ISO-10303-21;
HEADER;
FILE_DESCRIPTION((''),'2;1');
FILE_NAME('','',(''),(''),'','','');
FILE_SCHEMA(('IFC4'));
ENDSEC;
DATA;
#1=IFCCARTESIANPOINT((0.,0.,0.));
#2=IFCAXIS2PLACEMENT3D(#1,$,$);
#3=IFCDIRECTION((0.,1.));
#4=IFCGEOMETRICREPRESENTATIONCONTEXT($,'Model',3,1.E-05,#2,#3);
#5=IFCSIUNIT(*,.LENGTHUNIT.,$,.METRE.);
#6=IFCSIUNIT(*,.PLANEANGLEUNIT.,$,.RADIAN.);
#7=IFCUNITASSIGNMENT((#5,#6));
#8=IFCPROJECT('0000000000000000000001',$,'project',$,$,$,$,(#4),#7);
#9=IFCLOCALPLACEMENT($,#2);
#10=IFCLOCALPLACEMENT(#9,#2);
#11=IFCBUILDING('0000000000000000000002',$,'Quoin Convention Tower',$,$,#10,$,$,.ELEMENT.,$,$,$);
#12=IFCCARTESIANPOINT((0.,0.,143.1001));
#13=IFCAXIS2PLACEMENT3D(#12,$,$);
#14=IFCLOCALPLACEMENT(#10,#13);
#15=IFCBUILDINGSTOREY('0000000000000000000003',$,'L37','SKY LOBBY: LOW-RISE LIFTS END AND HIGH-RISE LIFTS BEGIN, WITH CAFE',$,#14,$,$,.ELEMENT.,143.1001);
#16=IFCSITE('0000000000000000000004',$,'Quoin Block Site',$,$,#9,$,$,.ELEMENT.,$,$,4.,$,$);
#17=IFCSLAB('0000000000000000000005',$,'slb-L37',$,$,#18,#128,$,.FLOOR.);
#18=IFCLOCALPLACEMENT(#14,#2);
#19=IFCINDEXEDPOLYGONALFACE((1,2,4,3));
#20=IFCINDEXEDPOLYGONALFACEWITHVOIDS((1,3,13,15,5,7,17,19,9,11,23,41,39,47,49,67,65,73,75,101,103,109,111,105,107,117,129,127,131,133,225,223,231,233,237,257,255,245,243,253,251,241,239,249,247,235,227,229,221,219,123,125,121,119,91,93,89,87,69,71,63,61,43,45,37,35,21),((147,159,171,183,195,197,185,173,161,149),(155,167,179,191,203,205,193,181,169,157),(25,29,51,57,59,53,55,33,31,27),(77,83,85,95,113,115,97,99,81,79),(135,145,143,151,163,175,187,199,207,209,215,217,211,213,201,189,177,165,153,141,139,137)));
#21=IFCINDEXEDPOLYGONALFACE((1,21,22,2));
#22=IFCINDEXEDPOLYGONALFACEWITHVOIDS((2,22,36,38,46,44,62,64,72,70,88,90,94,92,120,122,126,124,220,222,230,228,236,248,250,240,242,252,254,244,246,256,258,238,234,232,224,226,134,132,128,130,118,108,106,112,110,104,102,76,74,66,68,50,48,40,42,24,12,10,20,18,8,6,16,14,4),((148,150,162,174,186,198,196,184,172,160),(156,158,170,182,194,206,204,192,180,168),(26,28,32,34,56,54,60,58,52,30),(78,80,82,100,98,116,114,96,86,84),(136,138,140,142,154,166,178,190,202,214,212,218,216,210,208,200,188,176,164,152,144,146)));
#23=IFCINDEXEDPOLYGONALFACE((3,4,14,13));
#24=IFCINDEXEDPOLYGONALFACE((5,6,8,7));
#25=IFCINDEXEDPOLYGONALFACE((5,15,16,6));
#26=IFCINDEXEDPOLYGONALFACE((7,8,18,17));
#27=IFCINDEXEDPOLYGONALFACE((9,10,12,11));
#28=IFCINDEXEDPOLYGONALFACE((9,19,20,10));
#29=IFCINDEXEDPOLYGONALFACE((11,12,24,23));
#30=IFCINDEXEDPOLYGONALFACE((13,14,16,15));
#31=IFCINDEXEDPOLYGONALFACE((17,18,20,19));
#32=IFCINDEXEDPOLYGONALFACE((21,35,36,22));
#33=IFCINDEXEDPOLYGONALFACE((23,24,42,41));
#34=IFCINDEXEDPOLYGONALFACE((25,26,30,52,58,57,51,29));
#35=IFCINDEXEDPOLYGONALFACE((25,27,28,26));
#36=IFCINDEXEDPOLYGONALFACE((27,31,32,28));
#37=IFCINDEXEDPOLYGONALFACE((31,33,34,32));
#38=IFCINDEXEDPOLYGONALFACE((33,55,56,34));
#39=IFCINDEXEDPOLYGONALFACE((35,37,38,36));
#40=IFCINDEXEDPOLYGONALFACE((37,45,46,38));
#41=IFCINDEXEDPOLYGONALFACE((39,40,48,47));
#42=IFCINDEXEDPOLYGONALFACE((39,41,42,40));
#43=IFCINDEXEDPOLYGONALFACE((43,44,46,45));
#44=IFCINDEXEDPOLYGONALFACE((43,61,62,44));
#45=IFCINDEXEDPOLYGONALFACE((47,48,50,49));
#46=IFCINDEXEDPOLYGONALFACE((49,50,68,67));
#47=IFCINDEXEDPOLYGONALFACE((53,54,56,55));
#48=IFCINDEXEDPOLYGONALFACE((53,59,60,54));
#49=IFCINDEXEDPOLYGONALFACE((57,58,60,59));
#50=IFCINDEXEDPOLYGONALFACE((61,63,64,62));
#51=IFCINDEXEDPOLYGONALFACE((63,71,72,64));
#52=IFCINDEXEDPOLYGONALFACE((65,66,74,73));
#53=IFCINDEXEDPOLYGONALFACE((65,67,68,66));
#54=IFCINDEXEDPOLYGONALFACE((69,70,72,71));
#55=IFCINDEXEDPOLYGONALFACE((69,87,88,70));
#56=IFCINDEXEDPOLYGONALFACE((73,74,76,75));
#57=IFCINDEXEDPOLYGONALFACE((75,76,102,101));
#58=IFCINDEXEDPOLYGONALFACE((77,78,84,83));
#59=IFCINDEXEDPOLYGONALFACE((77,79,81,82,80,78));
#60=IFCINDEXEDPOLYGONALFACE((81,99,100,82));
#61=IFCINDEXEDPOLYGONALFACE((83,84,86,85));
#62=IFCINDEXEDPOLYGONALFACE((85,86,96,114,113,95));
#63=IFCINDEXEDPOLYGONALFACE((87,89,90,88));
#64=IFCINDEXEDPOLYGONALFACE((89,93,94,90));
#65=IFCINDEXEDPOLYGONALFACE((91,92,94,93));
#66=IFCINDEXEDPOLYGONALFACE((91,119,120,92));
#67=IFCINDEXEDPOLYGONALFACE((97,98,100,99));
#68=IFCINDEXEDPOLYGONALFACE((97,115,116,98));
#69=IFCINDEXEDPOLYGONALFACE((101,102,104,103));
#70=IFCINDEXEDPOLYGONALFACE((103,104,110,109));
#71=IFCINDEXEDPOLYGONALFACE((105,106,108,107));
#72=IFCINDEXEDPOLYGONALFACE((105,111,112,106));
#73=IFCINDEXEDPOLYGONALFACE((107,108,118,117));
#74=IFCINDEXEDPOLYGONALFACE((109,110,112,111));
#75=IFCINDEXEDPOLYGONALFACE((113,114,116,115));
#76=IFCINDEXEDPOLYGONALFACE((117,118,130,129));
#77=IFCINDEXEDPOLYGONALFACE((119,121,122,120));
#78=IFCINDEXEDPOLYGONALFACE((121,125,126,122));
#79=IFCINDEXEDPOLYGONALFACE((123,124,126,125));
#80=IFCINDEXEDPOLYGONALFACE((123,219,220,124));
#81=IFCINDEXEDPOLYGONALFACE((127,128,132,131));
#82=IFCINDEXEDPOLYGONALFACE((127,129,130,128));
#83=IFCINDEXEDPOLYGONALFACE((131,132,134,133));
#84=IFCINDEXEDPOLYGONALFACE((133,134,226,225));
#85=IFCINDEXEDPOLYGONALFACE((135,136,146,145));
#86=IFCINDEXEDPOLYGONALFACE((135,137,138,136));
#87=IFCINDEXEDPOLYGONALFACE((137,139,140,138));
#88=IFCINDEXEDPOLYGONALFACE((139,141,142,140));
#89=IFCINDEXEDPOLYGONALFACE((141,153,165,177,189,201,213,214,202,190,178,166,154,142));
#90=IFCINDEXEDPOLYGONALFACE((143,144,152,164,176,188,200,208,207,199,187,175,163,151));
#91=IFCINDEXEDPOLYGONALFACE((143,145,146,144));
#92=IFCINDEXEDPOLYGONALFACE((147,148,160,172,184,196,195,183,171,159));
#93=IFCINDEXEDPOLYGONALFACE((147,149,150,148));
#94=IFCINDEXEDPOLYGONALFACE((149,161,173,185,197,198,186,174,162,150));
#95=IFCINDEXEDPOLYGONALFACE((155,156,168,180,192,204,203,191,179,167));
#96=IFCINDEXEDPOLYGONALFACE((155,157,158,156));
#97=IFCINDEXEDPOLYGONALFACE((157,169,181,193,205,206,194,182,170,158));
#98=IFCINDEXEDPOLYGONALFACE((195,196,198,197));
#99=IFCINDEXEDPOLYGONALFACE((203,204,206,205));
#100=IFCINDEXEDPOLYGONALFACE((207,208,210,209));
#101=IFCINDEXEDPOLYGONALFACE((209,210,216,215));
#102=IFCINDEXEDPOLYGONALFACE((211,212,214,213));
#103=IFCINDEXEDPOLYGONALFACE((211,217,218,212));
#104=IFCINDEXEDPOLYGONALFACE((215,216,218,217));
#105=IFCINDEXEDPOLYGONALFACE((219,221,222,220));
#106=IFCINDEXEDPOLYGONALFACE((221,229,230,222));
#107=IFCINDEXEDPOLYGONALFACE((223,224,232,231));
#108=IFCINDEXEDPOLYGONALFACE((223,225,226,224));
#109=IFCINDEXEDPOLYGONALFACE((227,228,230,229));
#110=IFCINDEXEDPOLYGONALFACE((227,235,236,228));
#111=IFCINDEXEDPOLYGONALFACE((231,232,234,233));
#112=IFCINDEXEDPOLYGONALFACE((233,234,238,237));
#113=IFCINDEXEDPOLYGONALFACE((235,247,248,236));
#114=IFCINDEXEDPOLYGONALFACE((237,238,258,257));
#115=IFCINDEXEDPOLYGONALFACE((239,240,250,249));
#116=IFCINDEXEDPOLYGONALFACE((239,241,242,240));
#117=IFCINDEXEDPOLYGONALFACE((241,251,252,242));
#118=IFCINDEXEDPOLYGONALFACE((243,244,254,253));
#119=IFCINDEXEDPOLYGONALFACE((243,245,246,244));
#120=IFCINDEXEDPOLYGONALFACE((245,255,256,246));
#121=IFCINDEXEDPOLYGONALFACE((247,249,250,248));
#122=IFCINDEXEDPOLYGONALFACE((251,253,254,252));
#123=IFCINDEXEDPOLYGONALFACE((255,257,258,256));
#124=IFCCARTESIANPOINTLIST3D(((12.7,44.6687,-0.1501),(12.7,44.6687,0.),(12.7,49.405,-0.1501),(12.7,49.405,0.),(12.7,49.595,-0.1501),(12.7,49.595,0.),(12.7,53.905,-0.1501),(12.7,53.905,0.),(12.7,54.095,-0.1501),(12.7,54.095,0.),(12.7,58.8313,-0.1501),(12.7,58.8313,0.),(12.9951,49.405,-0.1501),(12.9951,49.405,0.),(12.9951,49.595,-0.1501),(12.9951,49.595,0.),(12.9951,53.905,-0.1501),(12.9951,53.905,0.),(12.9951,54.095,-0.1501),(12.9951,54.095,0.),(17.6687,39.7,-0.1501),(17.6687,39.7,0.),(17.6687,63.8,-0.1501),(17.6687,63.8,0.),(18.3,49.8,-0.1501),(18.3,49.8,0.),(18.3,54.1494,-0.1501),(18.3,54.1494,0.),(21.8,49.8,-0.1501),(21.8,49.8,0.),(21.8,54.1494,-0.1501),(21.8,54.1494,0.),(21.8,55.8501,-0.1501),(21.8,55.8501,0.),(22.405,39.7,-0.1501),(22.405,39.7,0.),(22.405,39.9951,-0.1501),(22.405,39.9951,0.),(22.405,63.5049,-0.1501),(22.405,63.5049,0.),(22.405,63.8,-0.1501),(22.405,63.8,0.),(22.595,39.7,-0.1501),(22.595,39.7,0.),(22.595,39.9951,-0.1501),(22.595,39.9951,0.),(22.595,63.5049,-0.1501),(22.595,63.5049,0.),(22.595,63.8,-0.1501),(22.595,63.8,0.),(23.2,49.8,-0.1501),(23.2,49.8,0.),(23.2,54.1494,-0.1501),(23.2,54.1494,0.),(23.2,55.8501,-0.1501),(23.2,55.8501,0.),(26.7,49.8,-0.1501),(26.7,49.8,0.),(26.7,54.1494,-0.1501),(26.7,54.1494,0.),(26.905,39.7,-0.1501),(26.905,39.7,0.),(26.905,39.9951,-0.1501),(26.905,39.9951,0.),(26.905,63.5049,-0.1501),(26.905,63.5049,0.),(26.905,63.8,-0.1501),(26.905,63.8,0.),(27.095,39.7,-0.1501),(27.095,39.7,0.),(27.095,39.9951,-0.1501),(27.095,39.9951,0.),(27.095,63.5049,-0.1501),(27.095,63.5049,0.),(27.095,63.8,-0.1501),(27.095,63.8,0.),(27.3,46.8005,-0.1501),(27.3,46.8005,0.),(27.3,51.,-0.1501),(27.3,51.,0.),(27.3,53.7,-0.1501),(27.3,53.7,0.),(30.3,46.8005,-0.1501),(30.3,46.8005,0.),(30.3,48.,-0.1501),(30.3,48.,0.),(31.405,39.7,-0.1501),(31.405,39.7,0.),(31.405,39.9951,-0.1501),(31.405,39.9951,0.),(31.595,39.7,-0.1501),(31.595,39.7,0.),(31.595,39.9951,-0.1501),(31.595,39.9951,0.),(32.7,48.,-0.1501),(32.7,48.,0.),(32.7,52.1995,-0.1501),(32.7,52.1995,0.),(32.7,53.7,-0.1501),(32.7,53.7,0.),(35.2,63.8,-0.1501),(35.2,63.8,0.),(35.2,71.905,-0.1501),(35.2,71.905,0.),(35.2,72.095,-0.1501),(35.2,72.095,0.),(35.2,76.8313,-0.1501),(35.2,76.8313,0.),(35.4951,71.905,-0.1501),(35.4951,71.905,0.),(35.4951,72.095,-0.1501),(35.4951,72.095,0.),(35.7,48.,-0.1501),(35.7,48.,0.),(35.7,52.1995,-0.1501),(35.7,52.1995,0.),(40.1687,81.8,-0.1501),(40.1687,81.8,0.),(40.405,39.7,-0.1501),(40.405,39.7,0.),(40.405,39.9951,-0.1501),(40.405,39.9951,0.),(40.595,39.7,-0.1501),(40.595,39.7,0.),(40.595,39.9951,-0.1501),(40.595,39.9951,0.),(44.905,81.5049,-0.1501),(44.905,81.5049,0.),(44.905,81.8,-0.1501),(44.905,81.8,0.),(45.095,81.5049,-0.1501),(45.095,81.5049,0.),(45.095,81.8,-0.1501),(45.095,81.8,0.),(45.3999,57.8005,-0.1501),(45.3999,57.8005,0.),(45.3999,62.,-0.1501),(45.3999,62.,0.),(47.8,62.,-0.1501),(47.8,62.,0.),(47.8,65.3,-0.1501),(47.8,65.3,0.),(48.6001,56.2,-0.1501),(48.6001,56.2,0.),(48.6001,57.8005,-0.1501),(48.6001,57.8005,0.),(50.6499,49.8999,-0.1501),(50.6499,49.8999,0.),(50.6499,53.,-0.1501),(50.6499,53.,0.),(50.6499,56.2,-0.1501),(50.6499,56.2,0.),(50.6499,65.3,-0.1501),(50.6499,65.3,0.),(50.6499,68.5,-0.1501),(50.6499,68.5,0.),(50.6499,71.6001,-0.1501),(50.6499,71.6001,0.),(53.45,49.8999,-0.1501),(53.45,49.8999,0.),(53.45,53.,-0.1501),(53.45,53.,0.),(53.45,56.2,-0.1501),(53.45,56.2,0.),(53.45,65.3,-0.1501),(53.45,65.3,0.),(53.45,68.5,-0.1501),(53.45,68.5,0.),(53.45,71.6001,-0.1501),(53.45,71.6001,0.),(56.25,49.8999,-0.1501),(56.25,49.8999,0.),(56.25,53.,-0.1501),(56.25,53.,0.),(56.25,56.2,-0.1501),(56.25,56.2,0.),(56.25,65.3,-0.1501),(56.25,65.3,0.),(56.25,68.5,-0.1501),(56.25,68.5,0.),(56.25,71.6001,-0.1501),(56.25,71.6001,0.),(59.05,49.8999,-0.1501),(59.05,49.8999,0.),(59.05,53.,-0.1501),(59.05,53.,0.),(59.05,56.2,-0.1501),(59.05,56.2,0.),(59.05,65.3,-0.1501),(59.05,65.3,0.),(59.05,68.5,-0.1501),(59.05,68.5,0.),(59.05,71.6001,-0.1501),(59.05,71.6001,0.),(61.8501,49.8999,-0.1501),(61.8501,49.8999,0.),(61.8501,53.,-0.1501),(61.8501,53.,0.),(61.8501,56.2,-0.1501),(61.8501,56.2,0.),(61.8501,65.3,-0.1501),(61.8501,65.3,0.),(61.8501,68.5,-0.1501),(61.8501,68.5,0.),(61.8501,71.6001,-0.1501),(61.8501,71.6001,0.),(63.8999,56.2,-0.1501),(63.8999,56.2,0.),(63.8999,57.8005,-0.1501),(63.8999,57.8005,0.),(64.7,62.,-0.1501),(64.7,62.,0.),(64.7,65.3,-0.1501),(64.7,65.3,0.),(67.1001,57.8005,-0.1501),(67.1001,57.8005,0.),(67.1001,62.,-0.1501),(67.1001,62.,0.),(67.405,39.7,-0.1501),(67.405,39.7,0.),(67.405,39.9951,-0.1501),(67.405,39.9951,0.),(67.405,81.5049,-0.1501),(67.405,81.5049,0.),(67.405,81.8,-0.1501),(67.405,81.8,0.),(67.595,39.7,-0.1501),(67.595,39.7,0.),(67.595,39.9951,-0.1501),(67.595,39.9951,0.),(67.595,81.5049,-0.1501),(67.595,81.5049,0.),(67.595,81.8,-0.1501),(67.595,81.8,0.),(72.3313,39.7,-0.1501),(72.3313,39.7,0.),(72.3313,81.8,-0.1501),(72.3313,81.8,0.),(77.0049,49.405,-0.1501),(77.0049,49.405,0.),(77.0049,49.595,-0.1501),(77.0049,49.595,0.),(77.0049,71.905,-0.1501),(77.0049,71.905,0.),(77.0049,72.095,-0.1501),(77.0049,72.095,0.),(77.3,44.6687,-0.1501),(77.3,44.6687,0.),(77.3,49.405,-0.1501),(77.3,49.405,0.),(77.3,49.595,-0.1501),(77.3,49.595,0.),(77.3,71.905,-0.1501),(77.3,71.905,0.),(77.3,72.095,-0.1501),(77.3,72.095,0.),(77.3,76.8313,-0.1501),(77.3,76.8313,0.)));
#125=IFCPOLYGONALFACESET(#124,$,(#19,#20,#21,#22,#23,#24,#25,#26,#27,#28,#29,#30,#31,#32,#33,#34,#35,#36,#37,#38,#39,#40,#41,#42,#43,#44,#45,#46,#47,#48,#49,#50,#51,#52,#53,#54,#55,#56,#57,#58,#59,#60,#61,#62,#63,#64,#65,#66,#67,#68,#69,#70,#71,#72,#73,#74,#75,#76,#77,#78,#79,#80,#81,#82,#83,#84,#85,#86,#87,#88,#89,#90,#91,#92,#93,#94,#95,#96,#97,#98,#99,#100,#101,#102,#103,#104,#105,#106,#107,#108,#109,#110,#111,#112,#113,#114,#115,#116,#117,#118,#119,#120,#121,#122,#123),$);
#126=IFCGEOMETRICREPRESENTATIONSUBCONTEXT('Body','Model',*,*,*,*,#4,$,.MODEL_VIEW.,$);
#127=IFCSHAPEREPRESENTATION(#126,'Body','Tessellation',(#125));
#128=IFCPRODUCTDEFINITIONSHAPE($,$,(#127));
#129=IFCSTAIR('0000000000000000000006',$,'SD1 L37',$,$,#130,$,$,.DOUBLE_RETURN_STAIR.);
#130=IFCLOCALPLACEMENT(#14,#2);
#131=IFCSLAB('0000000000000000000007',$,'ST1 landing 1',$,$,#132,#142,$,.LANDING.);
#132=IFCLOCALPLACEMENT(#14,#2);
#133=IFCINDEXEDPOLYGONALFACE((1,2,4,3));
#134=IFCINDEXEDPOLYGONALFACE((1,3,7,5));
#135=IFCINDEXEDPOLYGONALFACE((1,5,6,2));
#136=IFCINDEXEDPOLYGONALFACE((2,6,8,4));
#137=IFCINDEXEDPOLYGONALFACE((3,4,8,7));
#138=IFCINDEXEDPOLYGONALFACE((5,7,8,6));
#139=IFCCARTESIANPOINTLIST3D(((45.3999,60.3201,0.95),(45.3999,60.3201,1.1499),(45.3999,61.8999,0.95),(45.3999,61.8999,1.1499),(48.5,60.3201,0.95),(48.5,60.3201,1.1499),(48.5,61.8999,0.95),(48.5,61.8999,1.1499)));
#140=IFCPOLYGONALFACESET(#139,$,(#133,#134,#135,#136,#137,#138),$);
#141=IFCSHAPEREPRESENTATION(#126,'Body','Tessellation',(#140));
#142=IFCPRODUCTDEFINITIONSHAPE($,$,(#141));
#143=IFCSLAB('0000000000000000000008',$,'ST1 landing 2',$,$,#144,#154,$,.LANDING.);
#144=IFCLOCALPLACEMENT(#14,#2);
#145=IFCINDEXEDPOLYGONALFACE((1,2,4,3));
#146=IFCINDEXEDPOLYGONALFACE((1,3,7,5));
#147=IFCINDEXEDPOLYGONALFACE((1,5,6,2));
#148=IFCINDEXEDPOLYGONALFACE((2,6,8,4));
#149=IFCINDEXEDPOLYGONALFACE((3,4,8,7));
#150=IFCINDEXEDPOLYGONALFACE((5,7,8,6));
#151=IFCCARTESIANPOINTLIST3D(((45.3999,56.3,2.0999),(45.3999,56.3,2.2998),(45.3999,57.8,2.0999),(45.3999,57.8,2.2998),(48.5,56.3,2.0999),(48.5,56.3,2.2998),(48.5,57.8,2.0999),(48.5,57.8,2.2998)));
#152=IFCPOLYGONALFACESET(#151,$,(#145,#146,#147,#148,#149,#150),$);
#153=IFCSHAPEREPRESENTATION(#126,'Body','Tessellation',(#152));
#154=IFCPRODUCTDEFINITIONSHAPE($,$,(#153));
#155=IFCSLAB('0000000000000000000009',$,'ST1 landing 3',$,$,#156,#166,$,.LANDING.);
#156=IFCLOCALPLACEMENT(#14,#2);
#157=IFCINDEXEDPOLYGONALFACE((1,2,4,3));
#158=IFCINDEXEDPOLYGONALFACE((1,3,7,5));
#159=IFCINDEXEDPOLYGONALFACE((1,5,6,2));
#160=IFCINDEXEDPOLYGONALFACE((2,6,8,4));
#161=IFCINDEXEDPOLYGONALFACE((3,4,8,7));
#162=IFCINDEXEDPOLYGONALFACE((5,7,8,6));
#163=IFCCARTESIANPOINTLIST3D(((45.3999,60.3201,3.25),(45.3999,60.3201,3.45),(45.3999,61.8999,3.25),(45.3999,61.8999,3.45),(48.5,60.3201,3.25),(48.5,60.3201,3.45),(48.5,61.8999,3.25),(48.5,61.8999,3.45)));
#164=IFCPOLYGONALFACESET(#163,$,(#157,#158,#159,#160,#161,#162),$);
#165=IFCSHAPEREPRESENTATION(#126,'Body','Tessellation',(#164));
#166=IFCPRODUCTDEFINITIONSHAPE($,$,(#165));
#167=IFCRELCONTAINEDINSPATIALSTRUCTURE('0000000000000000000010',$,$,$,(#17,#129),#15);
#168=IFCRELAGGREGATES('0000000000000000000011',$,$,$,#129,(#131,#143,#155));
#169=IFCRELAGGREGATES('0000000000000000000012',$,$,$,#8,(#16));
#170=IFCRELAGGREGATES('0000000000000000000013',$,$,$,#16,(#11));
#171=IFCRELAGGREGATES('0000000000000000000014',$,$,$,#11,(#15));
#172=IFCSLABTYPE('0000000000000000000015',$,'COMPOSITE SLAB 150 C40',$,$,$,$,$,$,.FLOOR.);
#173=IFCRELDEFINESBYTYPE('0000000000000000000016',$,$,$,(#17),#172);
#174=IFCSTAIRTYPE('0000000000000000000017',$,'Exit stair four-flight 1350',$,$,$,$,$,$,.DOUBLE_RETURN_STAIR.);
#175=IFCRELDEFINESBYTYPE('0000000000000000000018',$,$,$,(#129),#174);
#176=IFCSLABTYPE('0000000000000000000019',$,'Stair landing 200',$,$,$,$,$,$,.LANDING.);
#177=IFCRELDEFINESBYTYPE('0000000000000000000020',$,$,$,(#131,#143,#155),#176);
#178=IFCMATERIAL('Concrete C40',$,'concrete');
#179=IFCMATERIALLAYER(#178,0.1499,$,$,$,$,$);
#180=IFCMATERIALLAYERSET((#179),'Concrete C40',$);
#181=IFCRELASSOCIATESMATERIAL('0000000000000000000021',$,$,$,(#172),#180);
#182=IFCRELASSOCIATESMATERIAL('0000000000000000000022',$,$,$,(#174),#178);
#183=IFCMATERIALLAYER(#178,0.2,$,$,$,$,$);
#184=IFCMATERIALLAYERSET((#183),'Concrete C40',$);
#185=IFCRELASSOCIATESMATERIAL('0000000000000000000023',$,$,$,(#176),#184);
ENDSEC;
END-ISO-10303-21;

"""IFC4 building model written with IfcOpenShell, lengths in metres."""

from ifc_helpers import new_model, si_unit, direction, frame, origin, place, context, subcontext, project, spatial, polyline, outline, extrude, material, layer, layer_set, type_object, element, aggregate, save


model = new_model("IFC4")

# Units and contexts
model_context = context("Model", 3, precision=1e-05, world=origin(), true_north=direction((0.0, 1.0)))
body_context = subcontext(model_context, "Body", "Model", "MODEL_VIEW")
ifc_project = project(units=[si_unit("LENGTHUNIT", "METRE"), si_unit("PLANEANGLEUNIT", "RADIAN")], contexts=[model_context])

# Site, building, storey
site_placement = place(None, origin())
site = spatial("IfcSite", under=ifc_project, at=site_placement, Name="Quoin Block Site", CompositionType="ELEMENT", RefElevation=4.0)
building_placement = place(site_placement, origin())
building = spatial("IfcBuilding", under=site, at=building_placement, Name="Quoin Convention Tower", CompositionType="ELEMENT")
storey_placement = place(building_placement, frame((0.0, 0.0, 143.1001)))
storey = spatial("IfcBuildingStorey", under=building, at=storey_placement, Name="L37", Description="SKY LOBBY: LOW-RISE LIFTS END AND HIGH-RISE LIFTS BEGIN, WITH CAFE", CompositionType="ELEMENT", Elevation=143.1001)

# Slab
ifc_material_1 = material(Name="Concrete C40", Category="concrete")
ifc_layer_1 = layer(ifc_material_1, 0.1499)
ifc_layer_set_1 = layer_set([ifc_layer_1], Name="Concrete C40")
slab_type_1 = type_object("IfcSlabType", Name="COMPOSITE SLAB 150 C40", PredefinedType="FLOOR", material=ifc_layer_set_1)
slab_1_placement = place(storey_placement, frame((0.0, 0.0, -0.1501)))
element("IfcSlab", 1, at=slab_1_placement, inside=storey, type_object=slab_type_1, Name="slb-L37", PredefinedType="FLOOR", context=body_context, shape_type="SweptSolid", body=[
    extrude(outline(polyline([(12.7, 44.6687), (12.7, 49.405), (12.9951, 49.405), (12.9951, 49.595), (12.7, 49.595), (12.7, 53.905), (12.9951, 53.905), (12.9951, 54.095), (12.7, 54.095), (12.7, 58.8313), (17.6687, 63.8), (22.405, 63.8), (22.405, 63.5049), (22.595, 63.5049), (22.595, 63.8), (26.905, 63.8), (26.905, 63.5049), (27.095, 63.5049), (27.095, 63.8), (35.2, 63.8), (35.2, 71.905), (35.4951, 71.905), (35.4951, 72.095), (35.2, 72.095), (35.2, 76.8313), (40.1687, 81.8), (44.905, 81.8), (44.905, 81.5049), (45.095, 81.5049), (45.095, 81.8), (67.405, 81.8), (67.405, 81.5049), (67.595, 81.5049), (67.595, 81.8), (72.3313, 81.8), (77.3, 76.8313), (77.3, 72.095), (77.0049, 72.095), (77.0049, 71.905), (77.3, 71.905), (77.3, 49.595), (77.0049, 49.595), (77.0049, 49.405), (77.3, 49.405), (77.3, 44.6687), (72.3313, 39.7), (67.595, 39.7), (67.595, 39.9951), (67.405, 39.9951), (67.405, 39.7), (40.595, 39.7), (40.595, 39.9951), (40.405, 39.9951), (40.405, 39.7), (31.595, 39.7), (31.595, 39.9951), (31.405, 39.9951), (31.405, 39.7), (27.095, 39.7), (27.095, 39.9951), (26.905, 39.9951), (26.905, 39.7), (22.595, 39.7), (22.595, 39.9951), (22.405, 39.9951), (22.405, 39.7), (17.6687, 39.7), (12.7, 44.6687)]), holes=[polyline([(27.3, 46.8005), (30.3, 46.8005), (30.3, 48.0), (32.7, 48.0), (35.7, 48.0), (35.7, 52.1995), (32.7, 52.1995), (32.7, 53.7), (27.3, 53.7), (27.3, 51.0), (27.3, 46.8005)]), polyline([(56.25, 49.8999), (59.05, 49.8999), (61.8501, 49.8999), (61.8501, 53.0), (59.05, 53.0), (56.25, 53.0), (53.45, 53.0), (50.6499, 53.0), (50.6499, 49.8999), (53.45, 49.8999), (56.25, 49.8999)]), polyline([(21.8, 49.8), (23.2, 49.8), (26.7, 49.8), (26.7, 54.1494), (23.2, 54.1494), (23.2, 55.8501), (21.8, 55.8501), (21.8, 54.1494), (18.3, 54.1494), (18.3, 49.8), (21.8, 49.8)]), polyline([(53.45, 56.2), (56.25, 56.2), (59.05, 56.2), (61.8501, 56.2), (63.8999, 56.2), (63.8999, 57.8005), (67.1001, 57.8005), (67.1001, 62.0), (64.7, 62.0), (64.7, 65.3), (61.8501, 65.3), (59.05, 65.3), (56.25, 65.3), (53.45, 65.3), (50.6499, 65.3), (47.8, 65.3), (47.8, 62.0), (45.3999, 62.0), (45.3999, 57.8005), (48.6001, 57.8005), (48.6001, 56.2), (50.6499, 56.2), (53.45, 56.2)]), polyline([(56.25, 68.5), (59.05, 68.5), (61.8501, 68.5), (61.8501, 71.6001), (59.05, 71.6001), (56.25, 71.6001), (53.45, 71.6001), (50.6499, 71.6001), (50.6499, 68.5), (53.45, 68.5), (56.25, 68.5)])]), origin(), (0.0, 0.0, 1.0), 0.1501),
])

# Stair, slabs
stair_type_1 = type_object("IfcStairType", Name="Exit stair four-flight 1350", PredefinedType="DOUBLE_RETURN_STAIR", material=ifc_material_1)
stair_1_placement = place(storey_placement, origin())
stair_1 = element("IfcStair", 2, at=stair_1_placement, inside=storey, type_object=stair_type_1, Name="SD1 L37", PredefinedType="DOUBLE_RETURN_STAIR")
ifc_layer_2 = layer(ifc_material_1, 0.2)
ifc_layer_set_2 = layer_set([ifc_layer_2], Name="Concrete C40")
slab_type_2 = type_object("IfcSlabType", Name="Stair landing 200", PredefinedType="LANDING", material=ifc_layer_set_2)
slab_2_placement = place(storey_placement, frame((0.0, 0.0, 0.95)))
slab_2 = element("IfcSlab", 3, at=slab_2_placement, type_object=slab_type_2, Name="ST1 landing 1", PredefinedType="LANDING", context=body_context, shape_type="SweptSolid", body=[
    extrude(outline(polyline([(45.3999, 60.3201), (48.5, 60.3201), (48.5, 61.8999), (45.3999, 61.8999), (45.3999, 60.3201)])), origin(), (0.0, 0.0, 1.0), 0.2),
])
slab_3_placement = place(storey_placement, frame((0.0, 0.0, 2.0999)))
slab_3 = element("IfcSlab", 4, at=slab_3_placement, type_object=slab_type_2, Name="ST1 landing 2", PredefinedType="LANDING", context=body_context, shape_type="SweptSolid", body=[
    extrude(outline(polyline([(45.3999, 56.3), (48.5, 56.3), (48.5, 57.8), (45.3999, 57.8), (45.3999, 56.3)])), origin(), (0.0, 0.0, 1.0), 0.2),
])
slab_4_placement = place(storey_placement, frame((0.0, 0.0, 3.25)))
slab_4 = element("IfcSlab", 5, at=slab_4_placement, type_object=slab_type_2, Name="ST1 landing 3", PredefinedType="LANDING", context=body_context, shape_type="SweptSolid", body=[
    extrude(outline(polyline([(45.3999, 60.3201), (48.5, 60.3201), (48.5, 61.8999), (45.3999, 61.8999), (45.3999, 60.3201)])), origin(), (0.0, 0.0, 1.0), 0.2),
])
aggregate(stair_1, [slab_2, slab_3, slab_4])

save(model, "model.ifc")
